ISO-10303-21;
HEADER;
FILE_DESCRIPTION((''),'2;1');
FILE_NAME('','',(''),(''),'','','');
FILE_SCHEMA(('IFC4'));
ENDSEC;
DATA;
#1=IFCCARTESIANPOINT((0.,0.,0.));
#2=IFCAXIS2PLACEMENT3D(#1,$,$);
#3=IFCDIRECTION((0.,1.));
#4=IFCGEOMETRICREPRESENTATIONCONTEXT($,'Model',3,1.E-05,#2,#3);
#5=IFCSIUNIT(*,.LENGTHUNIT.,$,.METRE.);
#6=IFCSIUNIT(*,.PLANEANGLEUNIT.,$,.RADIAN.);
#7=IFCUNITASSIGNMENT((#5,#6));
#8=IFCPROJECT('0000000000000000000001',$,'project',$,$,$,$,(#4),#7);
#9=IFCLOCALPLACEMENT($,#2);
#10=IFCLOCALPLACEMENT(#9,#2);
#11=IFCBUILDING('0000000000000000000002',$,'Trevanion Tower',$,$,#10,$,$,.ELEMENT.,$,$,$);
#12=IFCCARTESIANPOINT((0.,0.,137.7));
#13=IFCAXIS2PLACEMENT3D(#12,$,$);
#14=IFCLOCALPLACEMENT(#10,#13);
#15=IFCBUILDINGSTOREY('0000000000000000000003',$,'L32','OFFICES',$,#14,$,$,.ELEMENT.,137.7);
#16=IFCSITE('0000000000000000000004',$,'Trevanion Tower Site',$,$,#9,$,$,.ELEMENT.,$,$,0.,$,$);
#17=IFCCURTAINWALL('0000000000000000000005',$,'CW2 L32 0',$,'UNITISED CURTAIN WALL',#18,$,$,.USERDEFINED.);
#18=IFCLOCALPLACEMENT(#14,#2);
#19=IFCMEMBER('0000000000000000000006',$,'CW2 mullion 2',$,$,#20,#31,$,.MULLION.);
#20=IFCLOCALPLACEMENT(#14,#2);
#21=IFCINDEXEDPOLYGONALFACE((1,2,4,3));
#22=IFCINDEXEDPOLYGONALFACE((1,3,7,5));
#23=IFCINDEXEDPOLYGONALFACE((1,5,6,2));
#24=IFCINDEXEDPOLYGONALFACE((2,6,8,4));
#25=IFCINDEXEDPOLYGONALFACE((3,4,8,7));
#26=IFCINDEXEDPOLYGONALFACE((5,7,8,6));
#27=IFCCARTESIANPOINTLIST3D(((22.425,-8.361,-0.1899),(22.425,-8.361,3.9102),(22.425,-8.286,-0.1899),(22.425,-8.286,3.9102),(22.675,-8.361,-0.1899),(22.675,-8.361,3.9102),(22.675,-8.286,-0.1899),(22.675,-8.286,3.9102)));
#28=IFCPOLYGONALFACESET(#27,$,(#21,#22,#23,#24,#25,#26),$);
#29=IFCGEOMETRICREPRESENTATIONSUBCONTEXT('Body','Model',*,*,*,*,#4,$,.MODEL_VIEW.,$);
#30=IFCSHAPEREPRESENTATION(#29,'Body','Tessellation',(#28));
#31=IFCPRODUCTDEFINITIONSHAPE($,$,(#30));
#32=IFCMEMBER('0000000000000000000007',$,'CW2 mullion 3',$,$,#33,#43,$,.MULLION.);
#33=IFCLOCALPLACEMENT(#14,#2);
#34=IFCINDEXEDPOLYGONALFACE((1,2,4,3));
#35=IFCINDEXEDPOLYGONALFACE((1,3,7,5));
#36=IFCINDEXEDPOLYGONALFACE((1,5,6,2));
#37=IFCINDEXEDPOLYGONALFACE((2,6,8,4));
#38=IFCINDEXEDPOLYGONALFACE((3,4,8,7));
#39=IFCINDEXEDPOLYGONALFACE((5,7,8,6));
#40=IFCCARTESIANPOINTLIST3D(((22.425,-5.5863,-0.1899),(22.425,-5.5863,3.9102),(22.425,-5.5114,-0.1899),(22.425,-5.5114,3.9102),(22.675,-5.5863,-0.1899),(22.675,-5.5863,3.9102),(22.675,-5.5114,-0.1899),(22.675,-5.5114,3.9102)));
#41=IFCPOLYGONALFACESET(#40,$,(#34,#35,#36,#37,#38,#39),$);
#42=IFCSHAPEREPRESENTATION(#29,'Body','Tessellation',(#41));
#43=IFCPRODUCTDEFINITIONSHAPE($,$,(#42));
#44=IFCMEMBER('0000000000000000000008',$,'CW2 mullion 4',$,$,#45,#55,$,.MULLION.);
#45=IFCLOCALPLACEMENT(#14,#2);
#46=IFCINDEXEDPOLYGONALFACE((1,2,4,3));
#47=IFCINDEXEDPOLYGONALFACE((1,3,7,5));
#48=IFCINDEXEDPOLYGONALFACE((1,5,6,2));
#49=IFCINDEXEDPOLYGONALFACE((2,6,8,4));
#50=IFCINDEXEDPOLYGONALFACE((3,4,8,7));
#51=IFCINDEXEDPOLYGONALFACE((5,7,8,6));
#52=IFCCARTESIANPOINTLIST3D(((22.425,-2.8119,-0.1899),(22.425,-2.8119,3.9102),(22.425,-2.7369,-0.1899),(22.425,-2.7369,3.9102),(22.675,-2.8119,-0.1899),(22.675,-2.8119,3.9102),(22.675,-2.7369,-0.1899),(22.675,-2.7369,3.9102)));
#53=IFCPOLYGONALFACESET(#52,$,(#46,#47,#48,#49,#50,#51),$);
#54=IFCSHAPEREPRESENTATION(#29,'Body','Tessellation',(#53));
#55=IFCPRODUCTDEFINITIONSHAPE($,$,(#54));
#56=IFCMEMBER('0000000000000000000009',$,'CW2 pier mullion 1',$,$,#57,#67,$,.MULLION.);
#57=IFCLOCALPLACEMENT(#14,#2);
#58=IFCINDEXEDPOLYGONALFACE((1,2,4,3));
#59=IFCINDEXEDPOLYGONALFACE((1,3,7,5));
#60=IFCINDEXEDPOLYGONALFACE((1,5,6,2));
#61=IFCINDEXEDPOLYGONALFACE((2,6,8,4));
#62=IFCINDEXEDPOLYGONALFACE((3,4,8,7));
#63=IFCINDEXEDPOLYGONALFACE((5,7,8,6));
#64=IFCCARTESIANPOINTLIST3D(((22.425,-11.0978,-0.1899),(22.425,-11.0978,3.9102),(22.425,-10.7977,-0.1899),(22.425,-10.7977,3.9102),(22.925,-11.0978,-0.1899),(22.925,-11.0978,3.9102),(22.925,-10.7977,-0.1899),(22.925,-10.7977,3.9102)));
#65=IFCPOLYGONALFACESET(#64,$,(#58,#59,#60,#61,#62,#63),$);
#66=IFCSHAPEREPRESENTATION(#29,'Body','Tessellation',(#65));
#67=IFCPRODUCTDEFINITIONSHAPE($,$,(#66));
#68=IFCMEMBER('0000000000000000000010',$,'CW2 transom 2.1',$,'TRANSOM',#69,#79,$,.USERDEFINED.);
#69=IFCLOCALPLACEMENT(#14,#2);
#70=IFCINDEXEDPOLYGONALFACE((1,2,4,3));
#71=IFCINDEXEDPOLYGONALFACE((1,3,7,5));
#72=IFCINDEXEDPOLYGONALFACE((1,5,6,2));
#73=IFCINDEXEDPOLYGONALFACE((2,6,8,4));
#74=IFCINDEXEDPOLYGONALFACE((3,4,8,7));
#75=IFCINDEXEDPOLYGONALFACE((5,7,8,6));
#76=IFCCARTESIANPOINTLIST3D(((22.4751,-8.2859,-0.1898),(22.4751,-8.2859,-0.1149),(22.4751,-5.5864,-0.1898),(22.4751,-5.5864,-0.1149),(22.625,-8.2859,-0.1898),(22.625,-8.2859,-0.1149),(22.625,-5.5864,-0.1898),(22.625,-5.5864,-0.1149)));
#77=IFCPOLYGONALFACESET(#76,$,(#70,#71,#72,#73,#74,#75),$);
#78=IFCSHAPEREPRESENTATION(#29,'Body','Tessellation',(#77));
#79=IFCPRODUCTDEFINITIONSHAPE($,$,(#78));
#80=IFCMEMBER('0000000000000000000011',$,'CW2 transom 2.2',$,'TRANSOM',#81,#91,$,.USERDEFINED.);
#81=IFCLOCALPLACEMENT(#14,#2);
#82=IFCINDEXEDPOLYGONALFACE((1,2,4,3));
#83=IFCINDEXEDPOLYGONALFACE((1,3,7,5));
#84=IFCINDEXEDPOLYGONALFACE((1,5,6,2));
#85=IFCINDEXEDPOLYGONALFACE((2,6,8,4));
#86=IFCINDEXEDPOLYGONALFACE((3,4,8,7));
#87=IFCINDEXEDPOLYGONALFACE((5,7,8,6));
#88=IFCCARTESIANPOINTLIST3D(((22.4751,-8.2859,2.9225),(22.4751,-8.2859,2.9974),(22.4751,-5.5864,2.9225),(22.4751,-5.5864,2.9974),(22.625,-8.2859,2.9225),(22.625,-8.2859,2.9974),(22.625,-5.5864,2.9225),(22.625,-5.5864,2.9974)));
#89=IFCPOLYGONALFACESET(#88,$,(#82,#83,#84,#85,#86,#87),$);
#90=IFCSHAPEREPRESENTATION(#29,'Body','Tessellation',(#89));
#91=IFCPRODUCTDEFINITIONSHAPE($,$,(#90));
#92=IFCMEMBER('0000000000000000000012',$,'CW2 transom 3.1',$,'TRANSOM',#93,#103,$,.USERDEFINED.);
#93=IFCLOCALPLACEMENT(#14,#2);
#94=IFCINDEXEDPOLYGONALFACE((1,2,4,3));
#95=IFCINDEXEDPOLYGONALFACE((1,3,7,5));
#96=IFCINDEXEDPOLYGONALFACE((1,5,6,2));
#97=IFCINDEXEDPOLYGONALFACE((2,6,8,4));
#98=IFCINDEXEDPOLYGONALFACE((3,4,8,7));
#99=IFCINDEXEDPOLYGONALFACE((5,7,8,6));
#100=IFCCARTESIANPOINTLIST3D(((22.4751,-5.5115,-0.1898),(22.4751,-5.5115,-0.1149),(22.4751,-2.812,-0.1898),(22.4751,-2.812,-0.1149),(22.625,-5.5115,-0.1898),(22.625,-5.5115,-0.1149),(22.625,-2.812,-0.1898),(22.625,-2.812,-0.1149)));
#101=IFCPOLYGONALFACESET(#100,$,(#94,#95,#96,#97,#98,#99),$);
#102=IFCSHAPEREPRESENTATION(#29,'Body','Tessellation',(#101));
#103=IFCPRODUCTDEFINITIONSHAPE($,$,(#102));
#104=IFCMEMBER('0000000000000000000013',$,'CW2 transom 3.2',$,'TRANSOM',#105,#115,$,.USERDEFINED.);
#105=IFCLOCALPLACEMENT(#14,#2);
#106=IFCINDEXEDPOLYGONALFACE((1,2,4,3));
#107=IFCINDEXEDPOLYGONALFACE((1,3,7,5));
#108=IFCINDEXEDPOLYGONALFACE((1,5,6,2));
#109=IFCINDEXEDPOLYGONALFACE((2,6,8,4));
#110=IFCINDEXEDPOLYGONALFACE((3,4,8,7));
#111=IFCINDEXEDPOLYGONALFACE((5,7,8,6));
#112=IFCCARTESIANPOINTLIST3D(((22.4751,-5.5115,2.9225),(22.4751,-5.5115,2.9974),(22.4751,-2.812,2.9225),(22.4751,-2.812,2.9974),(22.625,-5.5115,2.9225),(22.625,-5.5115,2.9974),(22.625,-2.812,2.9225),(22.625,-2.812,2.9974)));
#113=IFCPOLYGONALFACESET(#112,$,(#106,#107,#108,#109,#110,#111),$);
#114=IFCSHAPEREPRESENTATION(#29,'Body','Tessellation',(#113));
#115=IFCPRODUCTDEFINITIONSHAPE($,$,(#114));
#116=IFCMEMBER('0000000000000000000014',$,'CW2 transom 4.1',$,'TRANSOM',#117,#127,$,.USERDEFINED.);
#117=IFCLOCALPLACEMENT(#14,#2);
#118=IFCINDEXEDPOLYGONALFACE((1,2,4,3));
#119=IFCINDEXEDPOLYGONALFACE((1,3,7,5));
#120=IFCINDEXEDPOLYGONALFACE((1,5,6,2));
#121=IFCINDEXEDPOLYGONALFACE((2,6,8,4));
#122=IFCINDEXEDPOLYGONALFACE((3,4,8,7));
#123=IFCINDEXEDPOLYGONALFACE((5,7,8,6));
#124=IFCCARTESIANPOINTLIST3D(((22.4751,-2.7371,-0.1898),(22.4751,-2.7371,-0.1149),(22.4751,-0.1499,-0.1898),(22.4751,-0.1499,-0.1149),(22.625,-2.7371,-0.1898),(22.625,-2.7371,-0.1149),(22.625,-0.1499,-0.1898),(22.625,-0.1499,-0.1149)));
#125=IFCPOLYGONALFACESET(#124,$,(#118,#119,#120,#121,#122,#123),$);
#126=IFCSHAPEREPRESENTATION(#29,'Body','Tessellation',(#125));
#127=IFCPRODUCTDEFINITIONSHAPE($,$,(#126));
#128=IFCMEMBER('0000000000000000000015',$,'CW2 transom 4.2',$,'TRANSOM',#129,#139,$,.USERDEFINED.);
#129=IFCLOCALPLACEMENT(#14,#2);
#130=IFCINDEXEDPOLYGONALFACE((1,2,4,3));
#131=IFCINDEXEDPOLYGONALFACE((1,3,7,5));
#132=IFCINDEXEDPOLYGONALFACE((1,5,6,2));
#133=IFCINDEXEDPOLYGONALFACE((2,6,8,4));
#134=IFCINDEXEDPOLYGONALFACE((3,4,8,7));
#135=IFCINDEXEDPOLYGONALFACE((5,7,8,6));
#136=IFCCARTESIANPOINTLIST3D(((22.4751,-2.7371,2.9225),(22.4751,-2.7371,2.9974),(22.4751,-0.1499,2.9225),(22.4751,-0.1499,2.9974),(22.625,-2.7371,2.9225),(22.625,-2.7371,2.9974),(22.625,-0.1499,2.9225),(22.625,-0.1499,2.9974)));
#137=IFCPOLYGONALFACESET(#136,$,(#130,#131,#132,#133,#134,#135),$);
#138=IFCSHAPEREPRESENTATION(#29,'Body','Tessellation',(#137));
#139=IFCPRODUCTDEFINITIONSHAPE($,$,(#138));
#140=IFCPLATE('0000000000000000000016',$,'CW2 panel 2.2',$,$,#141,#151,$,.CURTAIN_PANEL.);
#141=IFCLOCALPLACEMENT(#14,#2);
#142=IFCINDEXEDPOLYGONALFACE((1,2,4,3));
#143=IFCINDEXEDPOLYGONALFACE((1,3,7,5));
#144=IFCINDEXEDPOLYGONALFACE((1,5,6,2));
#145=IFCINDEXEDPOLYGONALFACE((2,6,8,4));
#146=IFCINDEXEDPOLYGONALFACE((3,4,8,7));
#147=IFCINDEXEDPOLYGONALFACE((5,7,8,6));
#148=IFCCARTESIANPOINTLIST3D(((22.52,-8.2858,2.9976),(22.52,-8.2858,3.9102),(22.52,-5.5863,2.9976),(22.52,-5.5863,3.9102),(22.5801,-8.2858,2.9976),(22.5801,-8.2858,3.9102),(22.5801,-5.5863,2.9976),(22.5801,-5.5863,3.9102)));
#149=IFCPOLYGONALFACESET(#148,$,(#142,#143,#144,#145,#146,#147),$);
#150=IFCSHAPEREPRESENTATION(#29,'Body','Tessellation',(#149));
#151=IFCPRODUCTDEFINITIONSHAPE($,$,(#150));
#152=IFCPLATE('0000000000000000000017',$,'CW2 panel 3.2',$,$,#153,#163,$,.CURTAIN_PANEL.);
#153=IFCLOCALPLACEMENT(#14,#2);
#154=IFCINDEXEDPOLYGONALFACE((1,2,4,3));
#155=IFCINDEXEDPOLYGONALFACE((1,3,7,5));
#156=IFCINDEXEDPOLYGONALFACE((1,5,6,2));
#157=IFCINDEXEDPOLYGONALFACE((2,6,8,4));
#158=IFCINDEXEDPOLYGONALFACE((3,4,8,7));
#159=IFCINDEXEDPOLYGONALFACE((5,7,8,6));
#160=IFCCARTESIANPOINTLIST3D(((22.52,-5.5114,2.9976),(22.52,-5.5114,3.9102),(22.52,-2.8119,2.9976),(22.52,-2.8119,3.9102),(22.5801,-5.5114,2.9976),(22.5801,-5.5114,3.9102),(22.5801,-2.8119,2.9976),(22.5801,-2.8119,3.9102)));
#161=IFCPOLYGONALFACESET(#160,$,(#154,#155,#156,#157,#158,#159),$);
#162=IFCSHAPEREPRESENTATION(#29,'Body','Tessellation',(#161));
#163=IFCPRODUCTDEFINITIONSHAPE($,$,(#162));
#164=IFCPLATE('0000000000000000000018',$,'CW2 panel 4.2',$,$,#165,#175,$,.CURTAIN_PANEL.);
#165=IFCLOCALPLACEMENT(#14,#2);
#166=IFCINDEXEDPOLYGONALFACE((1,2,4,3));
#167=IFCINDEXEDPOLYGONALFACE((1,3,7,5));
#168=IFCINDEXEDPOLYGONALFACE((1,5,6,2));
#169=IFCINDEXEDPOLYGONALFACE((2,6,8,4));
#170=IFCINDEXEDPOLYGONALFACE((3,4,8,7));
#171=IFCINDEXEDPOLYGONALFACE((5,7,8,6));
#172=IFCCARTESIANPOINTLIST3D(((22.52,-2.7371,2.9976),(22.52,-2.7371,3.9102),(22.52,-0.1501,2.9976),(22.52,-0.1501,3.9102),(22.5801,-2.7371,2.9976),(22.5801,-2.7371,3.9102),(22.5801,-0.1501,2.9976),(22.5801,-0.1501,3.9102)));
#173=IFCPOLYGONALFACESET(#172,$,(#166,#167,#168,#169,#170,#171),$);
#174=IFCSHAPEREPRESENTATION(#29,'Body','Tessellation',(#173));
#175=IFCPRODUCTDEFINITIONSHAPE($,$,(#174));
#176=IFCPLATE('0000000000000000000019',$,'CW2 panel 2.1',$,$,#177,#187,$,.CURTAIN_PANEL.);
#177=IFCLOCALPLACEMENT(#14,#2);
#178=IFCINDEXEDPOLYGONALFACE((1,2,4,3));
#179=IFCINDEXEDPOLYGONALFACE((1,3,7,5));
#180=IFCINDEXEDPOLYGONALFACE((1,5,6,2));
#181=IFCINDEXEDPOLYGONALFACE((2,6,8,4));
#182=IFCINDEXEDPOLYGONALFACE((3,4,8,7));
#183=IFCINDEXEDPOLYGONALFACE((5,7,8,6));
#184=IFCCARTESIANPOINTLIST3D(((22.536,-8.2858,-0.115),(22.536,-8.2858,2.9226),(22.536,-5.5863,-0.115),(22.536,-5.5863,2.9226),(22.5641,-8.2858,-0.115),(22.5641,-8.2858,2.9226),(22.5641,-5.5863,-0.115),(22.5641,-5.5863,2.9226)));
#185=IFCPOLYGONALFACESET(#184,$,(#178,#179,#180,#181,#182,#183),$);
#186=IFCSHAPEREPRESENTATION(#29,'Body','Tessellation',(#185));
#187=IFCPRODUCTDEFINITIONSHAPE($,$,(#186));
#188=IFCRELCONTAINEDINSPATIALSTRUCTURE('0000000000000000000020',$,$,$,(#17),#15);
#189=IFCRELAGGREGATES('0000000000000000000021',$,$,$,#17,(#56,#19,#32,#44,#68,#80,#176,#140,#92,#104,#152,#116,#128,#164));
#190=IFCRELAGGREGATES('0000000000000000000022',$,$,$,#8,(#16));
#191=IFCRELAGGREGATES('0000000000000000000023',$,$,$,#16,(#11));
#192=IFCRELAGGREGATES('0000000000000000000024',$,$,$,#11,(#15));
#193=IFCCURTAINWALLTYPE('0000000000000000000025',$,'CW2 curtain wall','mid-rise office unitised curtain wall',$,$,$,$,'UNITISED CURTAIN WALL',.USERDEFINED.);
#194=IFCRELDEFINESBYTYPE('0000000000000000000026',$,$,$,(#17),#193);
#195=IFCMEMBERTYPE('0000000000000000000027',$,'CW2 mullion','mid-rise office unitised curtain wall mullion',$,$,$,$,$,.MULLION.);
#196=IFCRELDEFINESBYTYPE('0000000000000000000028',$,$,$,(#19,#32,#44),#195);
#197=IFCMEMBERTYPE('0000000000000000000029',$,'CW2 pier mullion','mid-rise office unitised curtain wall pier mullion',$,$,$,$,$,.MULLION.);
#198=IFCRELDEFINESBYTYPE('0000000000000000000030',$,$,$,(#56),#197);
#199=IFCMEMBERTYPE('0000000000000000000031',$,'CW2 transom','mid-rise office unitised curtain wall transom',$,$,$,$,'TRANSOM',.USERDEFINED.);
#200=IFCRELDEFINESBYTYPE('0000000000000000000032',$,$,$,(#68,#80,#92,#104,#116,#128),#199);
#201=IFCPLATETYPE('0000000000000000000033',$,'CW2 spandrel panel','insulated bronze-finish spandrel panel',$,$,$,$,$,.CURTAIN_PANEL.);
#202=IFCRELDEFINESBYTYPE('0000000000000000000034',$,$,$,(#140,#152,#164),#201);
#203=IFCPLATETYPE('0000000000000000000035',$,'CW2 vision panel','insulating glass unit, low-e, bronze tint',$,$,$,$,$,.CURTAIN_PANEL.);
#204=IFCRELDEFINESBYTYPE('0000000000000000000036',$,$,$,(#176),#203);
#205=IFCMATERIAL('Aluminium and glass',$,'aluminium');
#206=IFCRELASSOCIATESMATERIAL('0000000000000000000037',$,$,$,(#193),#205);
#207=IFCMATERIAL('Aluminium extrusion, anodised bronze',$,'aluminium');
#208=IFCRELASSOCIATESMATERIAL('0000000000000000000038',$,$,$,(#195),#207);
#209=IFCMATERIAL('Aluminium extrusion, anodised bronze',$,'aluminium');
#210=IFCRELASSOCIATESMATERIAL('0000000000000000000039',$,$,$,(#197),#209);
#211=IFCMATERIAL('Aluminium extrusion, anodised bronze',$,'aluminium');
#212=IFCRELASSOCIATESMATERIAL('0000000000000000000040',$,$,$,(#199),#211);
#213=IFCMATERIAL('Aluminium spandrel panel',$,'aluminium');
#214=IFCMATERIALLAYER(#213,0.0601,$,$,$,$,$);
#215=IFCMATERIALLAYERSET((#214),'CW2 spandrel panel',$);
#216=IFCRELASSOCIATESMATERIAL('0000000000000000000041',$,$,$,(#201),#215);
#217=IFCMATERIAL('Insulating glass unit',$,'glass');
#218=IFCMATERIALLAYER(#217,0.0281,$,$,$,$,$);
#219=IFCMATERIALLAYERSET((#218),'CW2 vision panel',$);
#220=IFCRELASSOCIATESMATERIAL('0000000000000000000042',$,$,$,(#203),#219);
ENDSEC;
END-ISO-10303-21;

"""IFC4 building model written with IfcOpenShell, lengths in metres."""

from ifc_helpers import new_model, si_unit, direction, frame, origin, origin_2d, place, context, subcontext, project, spatial, rectangle, extrude, material, layer, layer_set, material_profile, profile_set, type_object, element, aggregate, save


model = new_model("IFC4")

# Units and contexts
model_context = context("Model", 3, precision=1e-05, world=origin(), true_north=direction((0.0, 1.0)))
body_context = subcontext(model_context, "Body", "Model", "MODEL_VIEW")
ifc_project = project(units=[si_unit("LENGTHUNIT", "METRE"), si_unit("PLANEANGLEUNIT", "RADIAN")], contexts=[model_context])

# Site, building, storey
site_placement = place(None, origin())
site = spatial("IfcSite", under=ifc_project, at=site_placement, Name="Trevanion Tower Site", CompositionType="ELEMENT", RefElevation=0.0)
building_placement = place(site_placement, origin())
building = spatial("IfcBuilding", under=site, at=building_placement, Name="Trevanion Tower", CompositionType="ELEMENT")
storey_placement = place(building_placement, frame((0.0, 0.0, 137.7)))
storey = spatial("IfcBuildingStorey", under=building, at=storey_placement, Name="L32", Description="OFFICES", CompositionType="ELEMENT", Elevation=137.7)

# Curtain wall, members, plates
ifc_material_1 = material(Name="Aluminium and glass", Category="aluminium")
curtain_wall_type = type_object("IfcCurtainWallType", Name="CW2 curtain wall", Description="mid-rise office unitised curtain wall", ElementType="UNITISED CURTAIN WALL", PredefinedType="USERDEFINED", material=ifc_material_1)
curtain_wall_placement = place(storey_placement, origin())
curtain_wall = element("IfcCurtainWall", 1, at=curtain_wall_placement, inside=storey, type_object=curtain_wall_type, Name="CW2 L32 0", ObjectType="UNITISED CURTAIN WALL", PredefinedType="USERDEFINED")
ifc_material_2 = material(Name="Aluminium extrusion, anodised bronze", Category="aluminium")
ifc_material_profile_1 = material_profile(ifc_material_2, rectangle(XDim=0.075, YDim=0.25, at=origin_2d()), Name="CW2 mullion")
ifc_profile_set_1 = profile_set([ifc_material_profile_1], Name="Aluminium extrusion, anodised bronze")
member_type_1 = type_object("IfcMemberType", Name="CW2 mullion", Description="mid-rise office unitised curtain wall mullion", PredefinedType="MULLION", material=ifc_profile_set_1)
member_1_placement = place(storey_placement, frame((22.55, -8.3235, -0.1899), z_axis=(0.0, 0.0, 1.0), x_axis=(0.0, 1.0, 0.0)))
member_1 = element("IfcMember", 2, at=member_1_placement, type_object=member_type_1, Name="CW2 mullion 2", PredefinedType="MULLION", context=body_context, shape_type="SweptSolid", body=[
    extrude(rectangle(XDim=0.075, YDim=0.25, at=origin_2d()), origin(), (0.0, 0.0, 1.0), 4.1001),
])
member_2_placement = place(storey_placement, frame((22.55, -5.5488, -0.1899), z_axis=(0.0, 0.0, 1.0), x_axis=(0.0, 1.0, 0.0)))
member_2 = element("IfcMember", 3, at=member_2_placement, type_object=member_type_1, Name="CW2 mullion 3", PredefinedType="MULLION", context=body_context, shape_type="SweptSolid", body=[
    extrude(rectangle(XDim=0.075, YDim=0.25, at=origin_2d()), origin(), (0.0, 0.0, 1.0), 4.1001),
])
member_3_placement = place(storey_placement, frame((22.55, -2.7744, -0.1899), z_axis=(0.0, 0.0, 1.0), x_axis=(0.0, 1.0, 0.0)))
member_3 = element("IfcMember", 4, at=member_3_placement, type_object=member_type_1, Name="CW2 mullion 4", PredefinedType="MULLION", context=body_context, shape_type="SweptSolid", body=[
    extrude(rectangle(XDim=0.075, YDim=0.25, at=origin_2d()), origin(), (0.0, 0.0, 1.0), 4.1001),
])
ifc_material_3 = material(Name="Aluminium extrusion, anodised bronze", Category="aluminium")
ifc_material_profile_2 = material_profile(ifc_material_3, rectangle(XDim=0.3, YDim=0.5, at=origin_2d()), Name="CW2 pier mullion")
ifc_profile_set_2 = profile_set([ifc_material_profile_2], Name="Aluminium extrusion, anodised bronze")
member_type_2 = type_object("IfcMemberType", Name="CW2 pier mullion", Description="mid-rise office unitised curtain wall pier mullion", PredefinedType="MULLION", material=ifc_profile_set_2)
member_4_placement = place(storey_placement, frame((22.675, -10.9478, -0.1899), z_axis=(0.0, 0.0, 1.0), x_axis=(0.0, 1.0, 0.0)))
member_4 = element("IfcMember", 5, at=member_4_placement, type_object=member_type_2, Name="CW2 pier mullion 1", PredefinedType="MULLION", context=body_context, shape_type="SweptSolid", body=[
    extrude(rectangle(XDim=0.3, YDim=0.5, at=origin_2d()), origin(), (0.0, 0.0, 1.0), 4.1001),
])
ifc_material_4 = material(Name="Aluminium extrusion, anodised bronze", Category="aluminium")
ifc_material_profile_3 = material_profile(ifc_material_4, rectangle(XDim=0.1499, YDim=0.075, at=origin_2d()), Name="CW2 transom")
ifc_profile_set_3 = profile_set([ifc_material_profile_3], Name="Aluminium extrusion, anodised bronze")
member_type_3 = type_object("IfcMemberType", Name="CW2 transom", Description="mid-rise office unitised curtain wall transom", ElementType="TRANSOM", PredefinedType="USERDEFINED", material=ifc_profile_set_3)
member_5_placement = place(storey_placement, frame((22.55, -8.2859, -0.1523), z_axis=(0.0, 1.0, 0.0), x_axis=(-1.0, 0.0, 0.0)))
member_5 = element("IfcMember", 6, at=member_5_placement, type_object=member_type_3, Name="CW2 transom 2.1", ObjectType="TRANSOM", PredefinedType="USERDEFINED", context=body_context, shape_type="SweptSolid", body=[
    extrude(rectangle(XDim=0.1499, YDim=0.075, at=origin_2d()), origin(), (0.0, 0.0, 1.0), 2.6995),
])
member_6_placement = place(storey_placement, frame((22.55, -8.2859, 2.96), z_axis=(0.0, 1.0, 0.0), x_axis=(-1.0, 0.0, 0.0)))
member_6 = element("IfcMember", 7, at=member_6_placement, type_object=member_type_3, Name="CW2 transom 2.2", ObjectType="TRANSOM", PredefinedType="USERDEFINED", context=body_context, shape_type="SweptSolid", body=[
    extrude(rectangle(XDim=0.1499, YDim=0.075, at=origin_2d()), origin(), (0.0, 0.0, 1.0), 2.6995),
])
member_7_placement = place(storey_placement, frame((22.55, -5.5115, -0.1523), z_axis=(0.0, 1.0, 0.0), x_axis=(-1.0, 0.0, 0.0)))
member_7 = element("IfcMember", 8, at=member_7_placement, type_object=member_type_3, Name="CW2 transom 3.1", ObjectType="TRANSOM", PredefinedType="USERDEFINED", context=body_context, shape_type="SweptSolid", body=[
    extrude(rectangle(XDim=0.1499, YDim=0.075, at=origin_2d()), origin(), (0.0, 0.0, 1.0), 2.6995),
])
member_8_placement = place(storey_placement, frame((22.55, -5.5115, 2.96), z_axis=(0.0, 1.0, 0.0), x_axis=(-1.0, 0.0, 0.0)))
member_8 = element("IfcMember", 9, at=member_8_placement, type_object=member_type_3, Name="CW2 transom 3.2", ObjectType="TRANSOM", PredefinedType="USERDEFINED", context=body_context, shape_type="SweptSolid", body=[
    extrude(rectangle(XDim=0.1499, YDim=0.075, at=origin_2d()), origin(), (0.0, 0.0, 1.0), 2.6995),
])
member_9_placement = place(storey_placement, frame((22.55, -2.7371, -0.1523), z_axis=(0.0, 1.0, 0.0), x_axis=(-1.0, 0.0, 0.0)))
member_9 = element("IfcMember", 10, at=member_9_placement, type_object=member_type_3, Name="CW2 transom 4.1", ObjectType="TRANSOM", PredefinedType="USERDEFINED", context=body_context, shape_type="SweptSolid", body=[
    extrude(rectangle(XDim=0.1499, YDim=0.075, at=origin_2d()), origin(), (0.0, 0.0, 1.0), 2.5872),
])
member_10_placement = place(storey_placement, frame((22.55, -2.7371, 2.96), z_axis=(0.0, 1.0, 0.0), x_axis=(-1.0, 0.0, 0.0)))
member_10 = element("IfcMember", 11, at=member_10_placement, type_object=member_type_3, Name="CW2 transom 4.2", ObjectType="TRANSOM", PredefinedType="USERDEFINED", context=body_context, shape_type="SweptSolid", body=[
    extrude(rectangle(XDim=0.1499, YDim=0.075, at=origin_2d()), origin(), (0.0, 0.0, 1.0), 2.5872),
])
ifc_material_5 = material(Name="Aluminium spandrel panel", Category="aluminium")
ifc_layer_1 = layer(ifc_material_5, 0.0601)
ifc_layer_set_1 = layer_set([ifc_layer_1], Name="CW2 spandrel panel")
plate_type_1 = type_object("IfcPlateType", Name="CW2 spandrel panel", Description="insulated bronze-finish spandrel panel", PredefinedType="CURTAIN_PANEL", material=ifc_layer_set_1)
plate_1_placement = place(storey_placement, frame((22.55, -6.936, 2.9976), z_axis=(0.0, 0.0, 1.0), x_axis=(0.0, 1.0, 0.0)))
plate_1 = element("IfcPlate", 12, at=plate_1_placement, type_object=plate_type_1, Name="CW2 panel 2.2", PredefinedType="CURTAIN_PANEL", context=body_context, shape_type="SweptSolid", body=[
    extrude(rectangle(XDim=2.6995, YDim=0.0601, at=origin_2d()), origin(), (0.0, 0.0, 1.0), 0.9126),
])
plate_2_placement = place(storey_placement, frame((22.55, -4.1616, 2.9976), z_axis=(0.0, 0.0, 1.0), x_axis=(0.0, 1.0, 0.0)))
plate_2 = element("IfcPlate", 13, at=plate_2_placement, type_object=plate_type_1, Name="CW2 panel 3.2", PredefinedType="CURTAIN_PANEL", context=body_context, shape_type="SweptSolid", body=[
    extrude(rectangle(XDim=2.6995, YDim=0.0601, at=origin_2d()), origin(), (0.0, 0.0, 1.0), 0.9126),
])
plate_3_placement = place(storey_placement, frame((22.55, -1.4436, 2.9976), z_axis=(0.0, 0.0, 1.0), x_axis=(0.0, 1.0, 0.0)))
plate_3 = element("IfcPlate", 14, at=plate_3_placement, type_object=plate_type_1, Name="CW2 panel 4.2", PredefinedType="CURTAIN_PANEL", context=body_context, shape_type="SweptSolid", body=[
    extrude(rectangle(XDim=2.5869, YDim=0.0601, at=origin_2d()), origin(), (0.0, 0.0, 1.0), 0.9126),
])
ifc_material_6 = material(Name="Insulating glass unit", Category="glass")
ifc_layer_2 = layer(ifc_material_6, 0.0281)
ifc_layer_set_2 = layer_set([ifc_layer_2], Name="CW2 vision panel")
plate_type_2 = type_object("IfcPlateType", Name="CW2 vision panel", Description="insulating glass unit, low-e, bronze tint", PredefinedType="CURTAIN_PANEL", material=ifc_layer_set_2)
plate_4_placement = place(storey_placement, frame((22.55, -6.936, -0.115), z_axis=(0.0, 0.0, 1.0), x_axis=(0.0, 1.0, 0.0)))
plate_4 = element("IfcPlate", 15, at=plate_4_placement, type_object=plate_type_2, Name="CW2 panel 2.1", PredefinedType="CURTAIN_PANEL", context=body_context, shape_type="SweptSolid", body=[
    extrude(rectangle(XDim=2.6995, YDim=0.0281, at=origin_2d()), origin(), (0.0, 0.0, 1.0), 3.0376),
])
aggregate(curtain_wall, [member_4, member_1, member_2, member_3, member_5, member_6, plate_4, plate_1, member_7, member_8, plate_2, member_9, member_10, plate_3])

save(model, "model.ifc")
